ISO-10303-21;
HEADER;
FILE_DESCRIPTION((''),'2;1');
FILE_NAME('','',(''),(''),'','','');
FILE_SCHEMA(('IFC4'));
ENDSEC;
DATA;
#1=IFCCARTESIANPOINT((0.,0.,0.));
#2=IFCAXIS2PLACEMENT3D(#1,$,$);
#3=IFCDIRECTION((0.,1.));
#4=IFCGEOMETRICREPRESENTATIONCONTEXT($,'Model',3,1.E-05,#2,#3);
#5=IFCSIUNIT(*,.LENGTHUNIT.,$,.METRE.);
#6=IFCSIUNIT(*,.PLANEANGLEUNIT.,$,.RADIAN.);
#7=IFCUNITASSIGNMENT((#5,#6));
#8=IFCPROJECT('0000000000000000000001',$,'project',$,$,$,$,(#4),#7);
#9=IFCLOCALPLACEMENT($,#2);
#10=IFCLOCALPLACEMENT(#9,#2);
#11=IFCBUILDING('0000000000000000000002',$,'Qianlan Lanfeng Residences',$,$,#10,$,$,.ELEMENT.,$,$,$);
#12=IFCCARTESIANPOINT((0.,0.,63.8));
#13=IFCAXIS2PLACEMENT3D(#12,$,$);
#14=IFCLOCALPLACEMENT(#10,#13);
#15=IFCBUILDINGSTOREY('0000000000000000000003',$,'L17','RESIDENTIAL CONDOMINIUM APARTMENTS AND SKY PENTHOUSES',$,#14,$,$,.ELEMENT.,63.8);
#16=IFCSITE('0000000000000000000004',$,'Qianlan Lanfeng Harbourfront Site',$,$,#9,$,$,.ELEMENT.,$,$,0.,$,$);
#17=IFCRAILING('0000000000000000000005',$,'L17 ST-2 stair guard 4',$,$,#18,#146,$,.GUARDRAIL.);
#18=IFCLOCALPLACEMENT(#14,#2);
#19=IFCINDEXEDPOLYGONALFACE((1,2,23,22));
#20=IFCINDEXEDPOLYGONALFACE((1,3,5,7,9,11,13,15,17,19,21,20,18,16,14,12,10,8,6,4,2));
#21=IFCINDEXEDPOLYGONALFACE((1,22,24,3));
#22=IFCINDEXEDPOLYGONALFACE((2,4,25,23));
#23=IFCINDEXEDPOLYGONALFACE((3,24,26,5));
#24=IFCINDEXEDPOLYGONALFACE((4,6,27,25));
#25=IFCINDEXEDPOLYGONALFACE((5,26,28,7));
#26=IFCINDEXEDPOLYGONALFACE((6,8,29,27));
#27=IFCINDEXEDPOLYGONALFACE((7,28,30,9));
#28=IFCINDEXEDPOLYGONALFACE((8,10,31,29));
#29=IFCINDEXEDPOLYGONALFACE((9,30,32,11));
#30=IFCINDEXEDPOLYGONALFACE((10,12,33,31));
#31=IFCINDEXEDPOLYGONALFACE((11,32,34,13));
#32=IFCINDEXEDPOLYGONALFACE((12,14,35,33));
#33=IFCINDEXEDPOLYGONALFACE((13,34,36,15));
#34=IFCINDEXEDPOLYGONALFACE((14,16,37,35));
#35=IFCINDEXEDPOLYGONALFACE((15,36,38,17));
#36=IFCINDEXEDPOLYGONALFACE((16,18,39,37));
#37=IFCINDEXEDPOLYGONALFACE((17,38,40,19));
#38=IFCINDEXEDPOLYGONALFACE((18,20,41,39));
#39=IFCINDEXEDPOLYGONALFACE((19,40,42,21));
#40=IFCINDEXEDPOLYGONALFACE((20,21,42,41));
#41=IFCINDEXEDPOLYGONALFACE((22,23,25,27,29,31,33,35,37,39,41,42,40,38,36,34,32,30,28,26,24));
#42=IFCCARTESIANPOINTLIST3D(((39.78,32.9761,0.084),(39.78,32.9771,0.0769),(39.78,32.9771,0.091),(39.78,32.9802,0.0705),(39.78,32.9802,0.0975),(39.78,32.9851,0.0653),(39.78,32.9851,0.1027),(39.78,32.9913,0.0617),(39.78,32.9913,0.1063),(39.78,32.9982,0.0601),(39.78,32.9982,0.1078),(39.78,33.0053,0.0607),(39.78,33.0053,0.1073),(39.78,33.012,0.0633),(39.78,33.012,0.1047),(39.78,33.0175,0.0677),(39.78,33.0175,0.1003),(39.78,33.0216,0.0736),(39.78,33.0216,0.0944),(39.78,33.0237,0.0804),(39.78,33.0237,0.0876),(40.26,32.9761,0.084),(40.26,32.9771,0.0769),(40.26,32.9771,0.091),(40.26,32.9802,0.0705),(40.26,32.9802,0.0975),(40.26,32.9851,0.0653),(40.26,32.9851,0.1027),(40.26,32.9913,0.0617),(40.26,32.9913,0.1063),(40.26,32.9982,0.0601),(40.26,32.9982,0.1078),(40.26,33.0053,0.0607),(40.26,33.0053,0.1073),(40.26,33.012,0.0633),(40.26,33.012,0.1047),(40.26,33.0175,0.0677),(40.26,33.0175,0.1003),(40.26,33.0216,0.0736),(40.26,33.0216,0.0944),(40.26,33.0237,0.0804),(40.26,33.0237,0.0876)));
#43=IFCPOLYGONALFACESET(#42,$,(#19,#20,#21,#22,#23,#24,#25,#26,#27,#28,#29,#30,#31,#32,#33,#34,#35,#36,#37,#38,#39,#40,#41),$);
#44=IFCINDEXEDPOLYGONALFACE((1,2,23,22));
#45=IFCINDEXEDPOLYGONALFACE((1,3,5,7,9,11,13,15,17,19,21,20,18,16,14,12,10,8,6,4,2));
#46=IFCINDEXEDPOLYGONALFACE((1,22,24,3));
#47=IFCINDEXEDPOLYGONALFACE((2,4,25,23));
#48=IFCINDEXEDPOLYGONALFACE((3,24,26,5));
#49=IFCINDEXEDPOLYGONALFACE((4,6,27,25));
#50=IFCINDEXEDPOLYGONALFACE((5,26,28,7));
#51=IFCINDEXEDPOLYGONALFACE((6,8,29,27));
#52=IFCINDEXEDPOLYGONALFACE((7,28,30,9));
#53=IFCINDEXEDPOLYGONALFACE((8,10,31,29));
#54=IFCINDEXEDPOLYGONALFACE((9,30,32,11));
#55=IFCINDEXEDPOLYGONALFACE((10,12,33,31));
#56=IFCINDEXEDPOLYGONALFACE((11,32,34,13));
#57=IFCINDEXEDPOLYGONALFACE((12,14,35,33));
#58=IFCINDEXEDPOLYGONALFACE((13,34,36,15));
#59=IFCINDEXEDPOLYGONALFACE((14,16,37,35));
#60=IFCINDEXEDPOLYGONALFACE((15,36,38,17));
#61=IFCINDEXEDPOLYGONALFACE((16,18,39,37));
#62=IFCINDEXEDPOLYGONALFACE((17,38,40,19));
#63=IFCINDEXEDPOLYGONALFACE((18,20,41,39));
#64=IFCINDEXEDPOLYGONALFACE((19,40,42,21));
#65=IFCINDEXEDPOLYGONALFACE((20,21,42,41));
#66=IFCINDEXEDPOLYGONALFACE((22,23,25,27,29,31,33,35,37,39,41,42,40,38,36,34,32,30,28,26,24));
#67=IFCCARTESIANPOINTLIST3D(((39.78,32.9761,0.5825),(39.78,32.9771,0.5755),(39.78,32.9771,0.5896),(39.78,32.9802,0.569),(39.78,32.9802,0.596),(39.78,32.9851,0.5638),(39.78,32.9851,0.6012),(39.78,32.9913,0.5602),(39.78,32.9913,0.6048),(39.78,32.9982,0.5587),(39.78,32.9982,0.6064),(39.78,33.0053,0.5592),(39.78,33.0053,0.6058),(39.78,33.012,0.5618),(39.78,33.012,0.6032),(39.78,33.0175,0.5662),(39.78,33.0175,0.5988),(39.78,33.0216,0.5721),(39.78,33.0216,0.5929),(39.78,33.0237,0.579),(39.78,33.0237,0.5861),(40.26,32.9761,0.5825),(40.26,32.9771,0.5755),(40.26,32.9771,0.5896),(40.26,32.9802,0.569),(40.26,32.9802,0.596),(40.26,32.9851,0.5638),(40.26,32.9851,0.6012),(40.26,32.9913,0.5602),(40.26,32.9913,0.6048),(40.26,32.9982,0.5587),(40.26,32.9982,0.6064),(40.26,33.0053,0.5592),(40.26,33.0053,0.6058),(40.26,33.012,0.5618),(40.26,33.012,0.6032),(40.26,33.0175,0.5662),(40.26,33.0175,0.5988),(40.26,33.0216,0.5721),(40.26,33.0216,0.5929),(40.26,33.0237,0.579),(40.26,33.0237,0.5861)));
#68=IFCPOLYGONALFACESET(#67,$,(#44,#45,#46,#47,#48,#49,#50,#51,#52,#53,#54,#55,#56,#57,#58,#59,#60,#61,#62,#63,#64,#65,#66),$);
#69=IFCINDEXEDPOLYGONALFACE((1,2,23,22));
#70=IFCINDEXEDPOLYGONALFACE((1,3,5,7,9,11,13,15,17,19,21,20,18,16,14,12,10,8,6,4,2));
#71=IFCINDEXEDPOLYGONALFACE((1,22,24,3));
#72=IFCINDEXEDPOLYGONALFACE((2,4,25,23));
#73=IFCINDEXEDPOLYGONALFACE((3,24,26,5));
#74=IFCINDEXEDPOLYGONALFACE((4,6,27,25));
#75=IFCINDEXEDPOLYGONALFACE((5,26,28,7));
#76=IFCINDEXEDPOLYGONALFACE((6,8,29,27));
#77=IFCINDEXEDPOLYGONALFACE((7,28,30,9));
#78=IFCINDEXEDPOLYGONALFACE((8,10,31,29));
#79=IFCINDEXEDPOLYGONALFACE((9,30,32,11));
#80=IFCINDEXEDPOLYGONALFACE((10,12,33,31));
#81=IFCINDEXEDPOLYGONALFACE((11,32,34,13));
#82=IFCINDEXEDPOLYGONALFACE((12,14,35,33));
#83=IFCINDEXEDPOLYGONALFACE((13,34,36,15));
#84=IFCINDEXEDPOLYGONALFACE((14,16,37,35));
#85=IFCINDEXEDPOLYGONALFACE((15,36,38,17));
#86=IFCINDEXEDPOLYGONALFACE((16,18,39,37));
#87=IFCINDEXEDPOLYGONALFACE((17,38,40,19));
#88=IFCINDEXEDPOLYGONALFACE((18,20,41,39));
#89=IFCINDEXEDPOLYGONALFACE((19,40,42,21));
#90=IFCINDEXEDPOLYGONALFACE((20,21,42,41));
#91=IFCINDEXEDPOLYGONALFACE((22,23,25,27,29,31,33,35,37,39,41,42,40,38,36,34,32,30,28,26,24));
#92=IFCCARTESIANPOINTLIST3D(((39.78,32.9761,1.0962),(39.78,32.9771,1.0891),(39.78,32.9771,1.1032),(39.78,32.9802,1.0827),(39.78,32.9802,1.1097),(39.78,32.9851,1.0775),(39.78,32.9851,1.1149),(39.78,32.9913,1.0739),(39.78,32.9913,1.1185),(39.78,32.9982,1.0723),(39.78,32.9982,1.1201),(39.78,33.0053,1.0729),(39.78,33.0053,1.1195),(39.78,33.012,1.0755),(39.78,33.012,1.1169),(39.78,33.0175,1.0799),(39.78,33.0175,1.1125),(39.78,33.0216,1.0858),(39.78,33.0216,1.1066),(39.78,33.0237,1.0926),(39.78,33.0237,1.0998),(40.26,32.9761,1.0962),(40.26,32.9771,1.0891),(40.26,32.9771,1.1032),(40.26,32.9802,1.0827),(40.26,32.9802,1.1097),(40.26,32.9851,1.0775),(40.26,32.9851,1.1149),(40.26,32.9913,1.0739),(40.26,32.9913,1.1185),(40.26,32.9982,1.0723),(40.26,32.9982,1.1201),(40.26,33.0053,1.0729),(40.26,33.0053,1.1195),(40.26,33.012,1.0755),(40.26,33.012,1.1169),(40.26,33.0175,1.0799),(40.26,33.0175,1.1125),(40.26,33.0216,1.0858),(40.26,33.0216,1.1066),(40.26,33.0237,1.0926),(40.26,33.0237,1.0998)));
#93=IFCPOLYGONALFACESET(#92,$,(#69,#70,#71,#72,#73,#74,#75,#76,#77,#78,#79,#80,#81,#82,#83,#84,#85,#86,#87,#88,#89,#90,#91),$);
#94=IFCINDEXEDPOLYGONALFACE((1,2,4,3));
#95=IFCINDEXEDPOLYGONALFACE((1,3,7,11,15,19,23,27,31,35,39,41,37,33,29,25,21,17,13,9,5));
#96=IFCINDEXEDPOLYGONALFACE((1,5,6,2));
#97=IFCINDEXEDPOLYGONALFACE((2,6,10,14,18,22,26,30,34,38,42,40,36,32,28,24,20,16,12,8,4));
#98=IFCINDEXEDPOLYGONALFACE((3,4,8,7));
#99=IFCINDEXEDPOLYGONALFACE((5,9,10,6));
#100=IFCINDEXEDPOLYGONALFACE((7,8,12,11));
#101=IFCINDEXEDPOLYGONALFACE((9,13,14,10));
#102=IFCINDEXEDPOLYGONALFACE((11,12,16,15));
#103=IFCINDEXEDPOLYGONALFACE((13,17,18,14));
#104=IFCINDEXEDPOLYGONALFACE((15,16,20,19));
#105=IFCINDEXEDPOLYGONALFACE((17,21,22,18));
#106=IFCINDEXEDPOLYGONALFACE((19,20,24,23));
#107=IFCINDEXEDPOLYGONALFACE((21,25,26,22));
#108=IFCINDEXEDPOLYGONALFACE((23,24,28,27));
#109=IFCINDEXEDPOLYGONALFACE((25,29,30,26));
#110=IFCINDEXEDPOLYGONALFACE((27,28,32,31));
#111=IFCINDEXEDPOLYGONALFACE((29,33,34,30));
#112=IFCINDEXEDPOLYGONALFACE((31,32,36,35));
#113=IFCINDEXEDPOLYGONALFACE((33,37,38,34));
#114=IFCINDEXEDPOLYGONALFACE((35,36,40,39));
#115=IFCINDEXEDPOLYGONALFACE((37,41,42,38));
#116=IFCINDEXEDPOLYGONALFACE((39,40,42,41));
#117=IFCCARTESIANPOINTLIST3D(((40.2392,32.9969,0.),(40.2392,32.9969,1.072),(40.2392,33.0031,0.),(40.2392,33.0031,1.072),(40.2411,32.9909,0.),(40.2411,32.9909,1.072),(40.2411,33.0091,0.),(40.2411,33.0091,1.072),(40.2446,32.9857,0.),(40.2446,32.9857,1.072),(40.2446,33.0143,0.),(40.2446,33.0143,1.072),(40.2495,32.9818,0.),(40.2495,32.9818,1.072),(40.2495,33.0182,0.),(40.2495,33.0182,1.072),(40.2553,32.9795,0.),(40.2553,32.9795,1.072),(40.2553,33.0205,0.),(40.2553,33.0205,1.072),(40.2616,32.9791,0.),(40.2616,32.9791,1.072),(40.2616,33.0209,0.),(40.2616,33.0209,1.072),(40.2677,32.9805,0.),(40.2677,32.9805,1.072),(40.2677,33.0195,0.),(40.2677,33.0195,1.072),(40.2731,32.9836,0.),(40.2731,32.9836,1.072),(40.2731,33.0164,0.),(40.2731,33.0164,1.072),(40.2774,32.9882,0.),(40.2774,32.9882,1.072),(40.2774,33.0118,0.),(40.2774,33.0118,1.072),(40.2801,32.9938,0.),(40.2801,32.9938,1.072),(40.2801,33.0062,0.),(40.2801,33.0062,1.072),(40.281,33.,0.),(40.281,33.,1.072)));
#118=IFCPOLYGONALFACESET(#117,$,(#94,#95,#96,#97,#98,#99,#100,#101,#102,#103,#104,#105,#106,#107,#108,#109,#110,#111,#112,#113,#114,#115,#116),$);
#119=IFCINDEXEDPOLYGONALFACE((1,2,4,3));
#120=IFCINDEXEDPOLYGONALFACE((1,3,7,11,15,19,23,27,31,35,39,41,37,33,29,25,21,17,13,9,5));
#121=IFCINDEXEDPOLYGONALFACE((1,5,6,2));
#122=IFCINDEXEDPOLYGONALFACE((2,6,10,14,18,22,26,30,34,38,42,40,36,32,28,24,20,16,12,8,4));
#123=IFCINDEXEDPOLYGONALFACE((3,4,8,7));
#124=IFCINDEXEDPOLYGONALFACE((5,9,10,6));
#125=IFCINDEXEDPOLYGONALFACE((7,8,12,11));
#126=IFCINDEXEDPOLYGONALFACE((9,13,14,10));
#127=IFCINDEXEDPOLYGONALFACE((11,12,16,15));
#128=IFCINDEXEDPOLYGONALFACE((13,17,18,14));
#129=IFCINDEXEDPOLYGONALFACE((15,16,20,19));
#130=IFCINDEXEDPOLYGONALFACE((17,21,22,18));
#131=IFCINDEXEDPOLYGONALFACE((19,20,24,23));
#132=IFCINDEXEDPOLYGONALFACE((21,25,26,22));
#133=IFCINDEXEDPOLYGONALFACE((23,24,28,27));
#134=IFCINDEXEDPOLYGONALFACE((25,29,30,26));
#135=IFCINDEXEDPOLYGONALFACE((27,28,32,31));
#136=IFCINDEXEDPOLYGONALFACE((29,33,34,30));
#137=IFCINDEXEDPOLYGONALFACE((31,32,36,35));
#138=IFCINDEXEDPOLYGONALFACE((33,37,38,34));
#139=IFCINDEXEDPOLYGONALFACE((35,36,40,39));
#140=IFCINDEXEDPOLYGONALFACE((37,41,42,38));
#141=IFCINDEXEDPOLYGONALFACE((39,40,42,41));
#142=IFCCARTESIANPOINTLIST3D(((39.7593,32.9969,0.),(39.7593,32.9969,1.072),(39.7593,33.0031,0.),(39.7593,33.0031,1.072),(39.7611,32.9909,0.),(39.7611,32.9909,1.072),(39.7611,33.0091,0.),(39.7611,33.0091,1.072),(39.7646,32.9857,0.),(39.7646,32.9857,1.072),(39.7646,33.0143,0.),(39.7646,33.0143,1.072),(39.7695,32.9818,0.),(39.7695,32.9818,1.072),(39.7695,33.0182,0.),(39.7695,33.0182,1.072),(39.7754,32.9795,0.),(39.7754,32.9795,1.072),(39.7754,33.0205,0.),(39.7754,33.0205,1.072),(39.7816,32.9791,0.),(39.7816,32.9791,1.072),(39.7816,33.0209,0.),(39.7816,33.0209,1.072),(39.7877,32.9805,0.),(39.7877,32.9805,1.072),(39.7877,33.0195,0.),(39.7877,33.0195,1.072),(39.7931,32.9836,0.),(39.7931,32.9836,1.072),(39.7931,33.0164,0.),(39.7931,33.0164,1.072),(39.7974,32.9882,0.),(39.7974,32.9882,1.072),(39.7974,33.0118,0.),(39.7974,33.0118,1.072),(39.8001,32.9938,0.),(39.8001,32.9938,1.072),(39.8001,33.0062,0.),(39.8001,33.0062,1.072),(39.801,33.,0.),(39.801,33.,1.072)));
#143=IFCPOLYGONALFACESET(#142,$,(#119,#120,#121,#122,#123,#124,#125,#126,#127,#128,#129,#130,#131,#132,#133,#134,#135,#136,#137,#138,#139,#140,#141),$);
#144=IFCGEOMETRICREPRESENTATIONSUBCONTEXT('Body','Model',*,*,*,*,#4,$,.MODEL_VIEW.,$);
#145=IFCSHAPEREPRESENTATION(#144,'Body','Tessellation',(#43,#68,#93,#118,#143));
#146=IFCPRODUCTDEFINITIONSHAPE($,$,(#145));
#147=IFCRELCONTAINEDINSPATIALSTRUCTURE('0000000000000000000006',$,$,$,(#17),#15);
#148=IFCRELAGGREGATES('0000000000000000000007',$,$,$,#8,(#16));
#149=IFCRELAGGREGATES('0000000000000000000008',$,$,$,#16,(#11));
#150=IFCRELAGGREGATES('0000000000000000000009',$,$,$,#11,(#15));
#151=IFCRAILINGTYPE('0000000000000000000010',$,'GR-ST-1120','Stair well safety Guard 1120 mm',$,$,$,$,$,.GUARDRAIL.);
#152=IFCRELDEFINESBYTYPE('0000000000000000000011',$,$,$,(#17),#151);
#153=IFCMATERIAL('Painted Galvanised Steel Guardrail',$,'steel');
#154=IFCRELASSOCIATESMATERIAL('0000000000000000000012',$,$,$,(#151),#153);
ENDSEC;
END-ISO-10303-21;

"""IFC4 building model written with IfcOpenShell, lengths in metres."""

from ifc_helpers import new_model, si_unit, direction, frame, origin, origin_2d, place, context, subcontext, project, spatial, circle, extrude, material, type_object, element, save


model = new_model("IFC4")

# Units and contexts
model_context = context("Model", 3, precision=1e-05, world=origin(), true_north=direction((0.0, 1.0)))
body_context = subcontext(model_context, "Body", "Model", "MODEL_VIEW")
ifc_project = project(units=[si_unit("LENGTHUNIT", "METRE"), si_unit("PLANEANGLEUNIT", "RADIAN")], contexts=[model_context])

# Site, building, storey
site_placement = place(None, origin())
site = spatial("IfcSite", under=ifc_project, at=site_placement, Name="Qianlan Lanfeng Harbourfront Site", CompositionType="ELEMENT", RefElevation=0.0)
building_placement = place(site_placement, origin())
building = spatial("IfcBuilding", under=site, at=building_placement, Name="Qianlan Lanfeng Residences", CompositionType="ELEMENT")
storey_placement = place(building_placement, frame((0.0, 0.0, 63.8)))
storey = spatial("IfcBuildingStorey", under=building, at=storey_placement, Name="L17", Description="RESIDENTIAL CONDOMINIUM APARTMENTS AND SKY PENTHOUSES", CompositionType="ELEMENT", Elevation=63.8)

# Railing
ifc_material_1 = material(Name="Painted Galvanised Steel Guardrail", Category="steel")
railing_type_1 = type_object("IfcRailingType", Name="GR-ST-1120", Description="Stair well safety Guard 1120 mm", PredefinedType="GUARDRAIL", material=ifc_material_1)
railing_1_placement = place(storey_placement, frame((40.26, 33.0, 0.0)))
element("IfcRailing", 1, at=railing_1_placement, inside=storey, type_object=railing_type_1, Name="L17 ST-2 stair guard 4", PredefinedType="GUARDRAIL", context=body_context, shape_type="SweptSolid", body=[
    extrude(circle(Radius=0.0239, at=origin_2d()), frame((0.0, 0.0, 0.084), z_axis=(-1.0, 0.0, 0.0), x_axis=(0.0, -1.0, 0.0)), (0.0, 0.0, 1.0), 0.48),
    extrude(circle(Radius=0.0239, at=origin_2d()), frame((0.0, 0.0, 0.5825), z_axis=(-1.0, 0.0, 0.0), x_axis=(0.0, -1.0, 0.0)), (0.0, 0.0, 1.0), 0.48),
    extrude(circle(Radius=0.0239, at=origin_2d()), frame((0.0, 0.0, 1.0962), z_axis=(-1.0, 0.0, 0.0), x_axis=(0.0, -1.0, 0.0)), (0.0, 0.0, 1.0), 0.48),
    extrude(circle(Radius=0.021, at=origin_2d()), origin(), (0.0, 0.0, 1.0), 1.072),
    extrude(circle(Radius=0.021, at=origin_2d()), frame((-0.48, 0.0, 0.0)), (0.0, 0.0, 1.0), 1.072),
])

save(model, "model.ifc")
